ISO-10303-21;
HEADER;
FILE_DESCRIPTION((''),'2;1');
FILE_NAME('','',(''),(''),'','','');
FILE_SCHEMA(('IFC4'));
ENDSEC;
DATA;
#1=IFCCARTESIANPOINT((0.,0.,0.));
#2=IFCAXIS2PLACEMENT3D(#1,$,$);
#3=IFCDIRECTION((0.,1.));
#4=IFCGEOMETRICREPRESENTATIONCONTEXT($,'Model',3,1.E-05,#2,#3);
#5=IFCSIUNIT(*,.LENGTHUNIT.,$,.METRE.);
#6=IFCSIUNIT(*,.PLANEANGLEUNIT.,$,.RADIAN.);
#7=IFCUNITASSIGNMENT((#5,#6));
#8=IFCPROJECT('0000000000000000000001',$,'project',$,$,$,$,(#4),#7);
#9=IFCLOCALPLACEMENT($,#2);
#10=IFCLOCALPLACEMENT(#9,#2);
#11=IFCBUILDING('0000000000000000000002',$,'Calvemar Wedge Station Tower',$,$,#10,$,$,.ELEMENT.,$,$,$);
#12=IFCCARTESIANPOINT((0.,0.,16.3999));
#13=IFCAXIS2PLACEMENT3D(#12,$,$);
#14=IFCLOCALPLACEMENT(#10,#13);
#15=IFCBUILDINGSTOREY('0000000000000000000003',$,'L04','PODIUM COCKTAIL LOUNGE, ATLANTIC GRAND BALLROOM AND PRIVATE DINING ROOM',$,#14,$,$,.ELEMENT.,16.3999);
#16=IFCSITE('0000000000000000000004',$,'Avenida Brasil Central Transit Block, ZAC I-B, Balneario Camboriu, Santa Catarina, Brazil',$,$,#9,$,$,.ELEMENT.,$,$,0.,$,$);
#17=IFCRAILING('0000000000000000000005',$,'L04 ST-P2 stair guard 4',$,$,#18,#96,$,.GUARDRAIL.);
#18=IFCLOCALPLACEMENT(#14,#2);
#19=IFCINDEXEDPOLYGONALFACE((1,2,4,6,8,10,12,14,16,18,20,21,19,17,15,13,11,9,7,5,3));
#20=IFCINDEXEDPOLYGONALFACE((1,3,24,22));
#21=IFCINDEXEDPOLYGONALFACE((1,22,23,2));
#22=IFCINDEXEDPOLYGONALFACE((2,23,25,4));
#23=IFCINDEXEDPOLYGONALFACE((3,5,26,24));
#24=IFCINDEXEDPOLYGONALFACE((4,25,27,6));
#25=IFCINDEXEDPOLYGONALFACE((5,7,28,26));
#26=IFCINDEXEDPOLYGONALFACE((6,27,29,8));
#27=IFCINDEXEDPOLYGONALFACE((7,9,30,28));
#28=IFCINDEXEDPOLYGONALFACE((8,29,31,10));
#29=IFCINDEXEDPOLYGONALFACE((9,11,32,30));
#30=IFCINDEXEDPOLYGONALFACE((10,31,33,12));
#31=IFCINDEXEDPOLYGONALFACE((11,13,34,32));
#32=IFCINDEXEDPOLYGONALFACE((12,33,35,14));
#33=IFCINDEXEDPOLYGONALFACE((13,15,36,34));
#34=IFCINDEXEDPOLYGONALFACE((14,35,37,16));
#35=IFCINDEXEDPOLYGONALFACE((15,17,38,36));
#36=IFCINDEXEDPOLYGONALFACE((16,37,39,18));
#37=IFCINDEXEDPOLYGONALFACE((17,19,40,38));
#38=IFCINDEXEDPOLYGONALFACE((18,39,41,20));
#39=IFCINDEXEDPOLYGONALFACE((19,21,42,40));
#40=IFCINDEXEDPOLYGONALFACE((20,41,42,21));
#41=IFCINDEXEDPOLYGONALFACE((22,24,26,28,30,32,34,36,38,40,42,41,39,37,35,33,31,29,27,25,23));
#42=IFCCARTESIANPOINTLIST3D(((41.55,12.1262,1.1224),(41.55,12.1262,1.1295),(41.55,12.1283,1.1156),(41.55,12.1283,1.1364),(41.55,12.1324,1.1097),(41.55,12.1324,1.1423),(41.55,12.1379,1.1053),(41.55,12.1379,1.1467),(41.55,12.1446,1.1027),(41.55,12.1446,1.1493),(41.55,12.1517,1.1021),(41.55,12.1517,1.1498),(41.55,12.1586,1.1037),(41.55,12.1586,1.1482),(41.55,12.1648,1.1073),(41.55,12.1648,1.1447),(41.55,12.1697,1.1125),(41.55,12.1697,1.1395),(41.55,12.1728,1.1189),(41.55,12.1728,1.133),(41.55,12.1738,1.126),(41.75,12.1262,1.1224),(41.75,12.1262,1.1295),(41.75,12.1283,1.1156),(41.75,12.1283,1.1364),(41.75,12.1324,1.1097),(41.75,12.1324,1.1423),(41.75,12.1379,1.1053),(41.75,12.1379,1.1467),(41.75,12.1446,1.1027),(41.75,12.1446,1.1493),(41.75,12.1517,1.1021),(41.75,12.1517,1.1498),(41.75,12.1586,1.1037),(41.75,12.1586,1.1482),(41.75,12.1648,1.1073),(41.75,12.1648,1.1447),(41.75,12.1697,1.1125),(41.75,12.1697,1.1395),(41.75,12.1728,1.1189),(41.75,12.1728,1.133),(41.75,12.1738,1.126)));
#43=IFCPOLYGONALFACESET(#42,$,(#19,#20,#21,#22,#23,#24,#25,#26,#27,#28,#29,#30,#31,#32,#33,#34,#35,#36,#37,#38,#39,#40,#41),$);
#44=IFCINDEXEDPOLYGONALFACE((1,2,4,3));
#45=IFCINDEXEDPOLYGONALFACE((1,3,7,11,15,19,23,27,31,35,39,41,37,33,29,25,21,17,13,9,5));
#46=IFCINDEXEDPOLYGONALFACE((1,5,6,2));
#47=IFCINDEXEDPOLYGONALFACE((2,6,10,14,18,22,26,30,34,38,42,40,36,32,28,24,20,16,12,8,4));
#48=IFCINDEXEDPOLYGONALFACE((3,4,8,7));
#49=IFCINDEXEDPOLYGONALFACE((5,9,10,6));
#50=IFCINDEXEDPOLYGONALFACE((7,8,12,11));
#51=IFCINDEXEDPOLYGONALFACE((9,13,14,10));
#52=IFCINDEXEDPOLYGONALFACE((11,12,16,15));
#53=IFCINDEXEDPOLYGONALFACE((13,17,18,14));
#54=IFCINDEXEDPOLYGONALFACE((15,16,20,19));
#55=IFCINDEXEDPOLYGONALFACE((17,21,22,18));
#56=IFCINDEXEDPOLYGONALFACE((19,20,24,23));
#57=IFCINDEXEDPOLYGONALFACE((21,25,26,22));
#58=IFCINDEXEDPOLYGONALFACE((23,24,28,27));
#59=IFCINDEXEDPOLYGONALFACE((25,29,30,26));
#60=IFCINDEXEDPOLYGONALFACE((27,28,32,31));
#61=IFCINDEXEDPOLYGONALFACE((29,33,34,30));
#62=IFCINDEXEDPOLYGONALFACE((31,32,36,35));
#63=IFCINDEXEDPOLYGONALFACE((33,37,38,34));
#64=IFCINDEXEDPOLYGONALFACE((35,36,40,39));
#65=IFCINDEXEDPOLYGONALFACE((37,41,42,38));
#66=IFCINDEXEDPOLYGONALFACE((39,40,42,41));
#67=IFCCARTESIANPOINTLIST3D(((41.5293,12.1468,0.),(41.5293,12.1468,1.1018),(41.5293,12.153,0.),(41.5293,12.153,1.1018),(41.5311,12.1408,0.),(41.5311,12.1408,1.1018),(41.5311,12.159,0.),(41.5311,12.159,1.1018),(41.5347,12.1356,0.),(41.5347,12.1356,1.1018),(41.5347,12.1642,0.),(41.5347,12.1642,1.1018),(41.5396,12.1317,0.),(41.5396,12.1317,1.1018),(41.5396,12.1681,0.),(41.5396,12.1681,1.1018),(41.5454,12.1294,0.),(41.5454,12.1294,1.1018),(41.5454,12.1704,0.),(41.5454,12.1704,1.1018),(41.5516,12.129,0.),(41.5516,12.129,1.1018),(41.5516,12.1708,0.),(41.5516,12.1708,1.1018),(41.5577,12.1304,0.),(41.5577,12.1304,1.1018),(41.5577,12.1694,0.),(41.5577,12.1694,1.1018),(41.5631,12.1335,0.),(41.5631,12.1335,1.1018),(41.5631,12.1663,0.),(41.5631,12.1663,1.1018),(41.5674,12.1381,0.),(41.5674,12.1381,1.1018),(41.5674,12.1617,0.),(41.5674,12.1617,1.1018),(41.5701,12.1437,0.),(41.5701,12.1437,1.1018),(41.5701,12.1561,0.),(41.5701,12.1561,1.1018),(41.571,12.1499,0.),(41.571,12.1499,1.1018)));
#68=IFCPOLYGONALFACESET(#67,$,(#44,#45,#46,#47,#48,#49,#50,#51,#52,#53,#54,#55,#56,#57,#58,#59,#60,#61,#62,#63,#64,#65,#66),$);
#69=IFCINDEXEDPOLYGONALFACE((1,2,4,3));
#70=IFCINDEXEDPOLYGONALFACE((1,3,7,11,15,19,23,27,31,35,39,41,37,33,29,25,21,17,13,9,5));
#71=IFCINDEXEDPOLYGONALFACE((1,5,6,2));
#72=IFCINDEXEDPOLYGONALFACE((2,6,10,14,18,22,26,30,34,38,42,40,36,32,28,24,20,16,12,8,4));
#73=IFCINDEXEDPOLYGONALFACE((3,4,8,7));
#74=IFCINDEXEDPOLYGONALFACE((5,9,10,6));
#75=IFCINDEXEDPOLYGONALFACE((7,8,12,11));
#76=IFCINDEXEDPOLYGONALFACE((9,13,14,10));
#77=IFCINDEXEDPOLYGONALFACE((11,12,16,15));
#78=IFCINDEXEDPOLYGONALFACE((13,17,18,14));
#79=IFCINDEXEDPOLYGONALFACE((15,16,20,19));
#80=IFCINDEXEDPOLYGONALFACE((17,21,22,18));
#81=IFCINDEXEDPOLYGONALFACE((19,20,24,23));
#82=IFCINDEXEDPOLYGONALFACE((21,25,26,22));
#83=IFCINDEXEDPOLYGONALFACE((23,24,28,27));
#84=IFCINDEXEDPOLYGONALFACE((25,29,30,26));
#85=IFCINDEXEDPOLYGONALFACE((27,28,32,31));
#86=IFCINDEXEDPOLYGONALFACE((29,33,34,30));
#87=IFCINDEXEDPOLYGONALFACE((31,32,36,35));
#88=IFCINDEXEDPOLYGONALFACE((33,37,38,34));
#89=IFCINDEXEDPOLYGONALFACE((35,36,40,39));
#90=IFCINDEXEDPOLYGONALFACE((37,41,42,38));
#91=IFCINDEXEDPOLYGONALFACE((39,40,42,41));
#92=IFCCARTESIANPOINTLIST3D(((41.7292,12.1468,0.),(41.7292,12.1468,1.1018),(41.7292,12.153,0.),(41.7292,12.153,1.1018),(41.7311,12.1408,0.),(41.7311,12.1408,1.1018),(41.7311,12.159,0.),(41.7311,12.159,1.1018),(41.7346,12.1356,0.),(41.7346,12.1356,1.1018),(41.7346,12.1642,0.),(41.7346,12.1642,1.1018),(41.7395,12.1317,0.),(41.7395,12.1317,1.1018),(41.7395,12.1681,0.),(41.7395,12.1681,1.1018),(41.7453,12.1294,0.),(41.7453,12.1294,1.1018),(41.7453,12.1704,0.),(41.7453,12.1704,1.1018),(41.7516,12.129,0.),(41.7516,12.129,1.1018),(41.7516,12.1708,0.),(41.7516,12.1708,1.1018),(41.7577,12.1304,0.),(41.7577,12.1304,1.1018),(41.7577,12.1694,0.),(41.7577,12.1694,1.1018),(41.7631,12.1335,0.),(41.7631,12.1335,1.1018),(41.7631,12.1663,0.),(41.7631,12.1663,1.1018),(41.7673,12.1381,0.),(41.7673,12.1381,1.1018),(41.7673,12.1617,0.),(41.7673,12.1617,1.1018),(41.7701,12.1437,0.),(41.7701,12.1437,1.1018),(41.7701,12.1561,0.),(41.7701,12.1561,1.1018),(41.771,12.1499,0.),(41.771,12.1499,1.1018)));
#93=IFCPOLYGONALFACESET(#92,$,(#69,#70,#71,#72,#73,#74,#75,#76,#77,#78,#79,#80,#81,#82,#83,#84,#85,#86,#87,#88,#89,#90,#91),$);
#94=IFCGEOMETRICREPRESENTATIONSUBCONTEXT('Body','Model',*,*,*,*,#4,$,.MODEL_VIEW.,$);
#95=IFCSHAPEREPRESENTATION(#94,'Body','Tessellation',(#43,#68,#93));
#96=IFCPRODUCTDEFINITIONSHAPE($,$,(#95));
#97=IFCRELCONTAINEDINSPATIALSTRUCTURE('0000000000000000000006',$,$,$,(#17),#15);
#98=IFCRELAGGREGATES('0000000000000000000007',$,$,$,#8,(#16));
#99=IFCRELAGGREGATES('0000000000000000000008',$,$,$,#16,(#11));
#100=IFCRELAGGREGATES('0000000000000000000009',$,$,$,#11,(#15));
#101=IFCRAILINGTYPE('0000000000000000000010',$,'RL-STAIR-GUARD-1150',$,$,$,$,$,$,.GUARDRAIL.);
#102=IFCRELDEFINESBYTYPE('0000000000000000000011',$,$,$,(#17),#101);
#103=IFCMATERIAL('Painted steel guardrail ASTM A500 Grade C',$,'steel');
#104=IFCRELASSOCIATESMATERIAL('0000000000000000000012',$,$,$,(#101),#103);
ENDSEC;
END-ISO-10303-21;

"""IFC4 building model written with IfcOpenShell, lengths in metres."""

from ifc_helpers import new_model, si_unit, direction, frame, origin, origin_2d, place, context, subcontext, project, spatial, circle, extrude, material, type_object, element, save


model = new_model("IFC4")

# Units and contexts
model_context = context("Model", 3, precision=1e-05, world=origin(), true_north=direction((0.0, 1.0)))
body_context = subcontext(model_context, "Body", "Model", "MODEL_VIEW")
ifc_project = project(units=[si_unit("LENGTHUNIT", "METRE"), si_unit("PLANEANGLEUNIT", "RADIAN")], contexts=[model_context])

# Site, building, storey
site_placement = place(None, origin())
site = spatial("IfcSite", under=ifc_project, at=site_placement, Name="Avenida Brasil Central Transit Block, ZAC I-B, Balneario Camboriu, Santa Catarina, Brazil", CompositionType="ELEMENT", RefElevation=0.0)
building_placement = place(site_placement, origin())
building = spatial("IfcBuilding", under=site, at=building_placement, Name="Calvemar Wedge Station Tower", CompositionType="ELEMENT")
storey_placement = place(building_placement, frame((0.0, 0.0, 16.3999)))
storey = spatial("IfcBuildingStorey", under=building, at=storey_placement, Name="L04", Description="PODIUM COCKTAIL LOUNGE, ATLANTIC GRAND BALLROOM AND PRIVATE DINING ROOM", CompositionType="ELEMENT", Elevation=16.3999)

# Railing
ifc_material_1 = material(Name="Painted steel guardrail ASTM A500 Grade C", Category="steel")
railing_type_1 = type_object("IfcRailingType", Name="RL-STAIR-GUARD-1150", PredefinedType="GUARDRAIL", material=ifc_material_1)
railing_1_placement = place(storey_placement, frame((41.55, 12.1499, 0.0)))
element("IfcRailing", 1, at=railing_1_placement, inside=storey, type_object=railing_type_1, Name="L04 ST-P2 stair guard 4", PredefinedType="GUARDRAIL", context=body_context, shape_type="SweptSolid", body=[
    extrude(circle(Radius=0.0239, at=origin_2d()), frame((0.0, 0.0, 1.126), z_axis=(1.0, 0.0, 0.0), x_axis=(0.0, 1.0, 0.0)), (0.0, 0.0, 1.0), 0.2),
    extrude(circle(Radius=0.021, at=origin_2d()), origin(), (0.0, 0.0, 1.0), 1.1018),
    extrude(circle(Radius=0.021, at=origin_2d()), frame((0.2, 0.0, 0.0)), (0.0, 0.0, 1.0), 1.1018),
])

save(model, "model.ifc")
